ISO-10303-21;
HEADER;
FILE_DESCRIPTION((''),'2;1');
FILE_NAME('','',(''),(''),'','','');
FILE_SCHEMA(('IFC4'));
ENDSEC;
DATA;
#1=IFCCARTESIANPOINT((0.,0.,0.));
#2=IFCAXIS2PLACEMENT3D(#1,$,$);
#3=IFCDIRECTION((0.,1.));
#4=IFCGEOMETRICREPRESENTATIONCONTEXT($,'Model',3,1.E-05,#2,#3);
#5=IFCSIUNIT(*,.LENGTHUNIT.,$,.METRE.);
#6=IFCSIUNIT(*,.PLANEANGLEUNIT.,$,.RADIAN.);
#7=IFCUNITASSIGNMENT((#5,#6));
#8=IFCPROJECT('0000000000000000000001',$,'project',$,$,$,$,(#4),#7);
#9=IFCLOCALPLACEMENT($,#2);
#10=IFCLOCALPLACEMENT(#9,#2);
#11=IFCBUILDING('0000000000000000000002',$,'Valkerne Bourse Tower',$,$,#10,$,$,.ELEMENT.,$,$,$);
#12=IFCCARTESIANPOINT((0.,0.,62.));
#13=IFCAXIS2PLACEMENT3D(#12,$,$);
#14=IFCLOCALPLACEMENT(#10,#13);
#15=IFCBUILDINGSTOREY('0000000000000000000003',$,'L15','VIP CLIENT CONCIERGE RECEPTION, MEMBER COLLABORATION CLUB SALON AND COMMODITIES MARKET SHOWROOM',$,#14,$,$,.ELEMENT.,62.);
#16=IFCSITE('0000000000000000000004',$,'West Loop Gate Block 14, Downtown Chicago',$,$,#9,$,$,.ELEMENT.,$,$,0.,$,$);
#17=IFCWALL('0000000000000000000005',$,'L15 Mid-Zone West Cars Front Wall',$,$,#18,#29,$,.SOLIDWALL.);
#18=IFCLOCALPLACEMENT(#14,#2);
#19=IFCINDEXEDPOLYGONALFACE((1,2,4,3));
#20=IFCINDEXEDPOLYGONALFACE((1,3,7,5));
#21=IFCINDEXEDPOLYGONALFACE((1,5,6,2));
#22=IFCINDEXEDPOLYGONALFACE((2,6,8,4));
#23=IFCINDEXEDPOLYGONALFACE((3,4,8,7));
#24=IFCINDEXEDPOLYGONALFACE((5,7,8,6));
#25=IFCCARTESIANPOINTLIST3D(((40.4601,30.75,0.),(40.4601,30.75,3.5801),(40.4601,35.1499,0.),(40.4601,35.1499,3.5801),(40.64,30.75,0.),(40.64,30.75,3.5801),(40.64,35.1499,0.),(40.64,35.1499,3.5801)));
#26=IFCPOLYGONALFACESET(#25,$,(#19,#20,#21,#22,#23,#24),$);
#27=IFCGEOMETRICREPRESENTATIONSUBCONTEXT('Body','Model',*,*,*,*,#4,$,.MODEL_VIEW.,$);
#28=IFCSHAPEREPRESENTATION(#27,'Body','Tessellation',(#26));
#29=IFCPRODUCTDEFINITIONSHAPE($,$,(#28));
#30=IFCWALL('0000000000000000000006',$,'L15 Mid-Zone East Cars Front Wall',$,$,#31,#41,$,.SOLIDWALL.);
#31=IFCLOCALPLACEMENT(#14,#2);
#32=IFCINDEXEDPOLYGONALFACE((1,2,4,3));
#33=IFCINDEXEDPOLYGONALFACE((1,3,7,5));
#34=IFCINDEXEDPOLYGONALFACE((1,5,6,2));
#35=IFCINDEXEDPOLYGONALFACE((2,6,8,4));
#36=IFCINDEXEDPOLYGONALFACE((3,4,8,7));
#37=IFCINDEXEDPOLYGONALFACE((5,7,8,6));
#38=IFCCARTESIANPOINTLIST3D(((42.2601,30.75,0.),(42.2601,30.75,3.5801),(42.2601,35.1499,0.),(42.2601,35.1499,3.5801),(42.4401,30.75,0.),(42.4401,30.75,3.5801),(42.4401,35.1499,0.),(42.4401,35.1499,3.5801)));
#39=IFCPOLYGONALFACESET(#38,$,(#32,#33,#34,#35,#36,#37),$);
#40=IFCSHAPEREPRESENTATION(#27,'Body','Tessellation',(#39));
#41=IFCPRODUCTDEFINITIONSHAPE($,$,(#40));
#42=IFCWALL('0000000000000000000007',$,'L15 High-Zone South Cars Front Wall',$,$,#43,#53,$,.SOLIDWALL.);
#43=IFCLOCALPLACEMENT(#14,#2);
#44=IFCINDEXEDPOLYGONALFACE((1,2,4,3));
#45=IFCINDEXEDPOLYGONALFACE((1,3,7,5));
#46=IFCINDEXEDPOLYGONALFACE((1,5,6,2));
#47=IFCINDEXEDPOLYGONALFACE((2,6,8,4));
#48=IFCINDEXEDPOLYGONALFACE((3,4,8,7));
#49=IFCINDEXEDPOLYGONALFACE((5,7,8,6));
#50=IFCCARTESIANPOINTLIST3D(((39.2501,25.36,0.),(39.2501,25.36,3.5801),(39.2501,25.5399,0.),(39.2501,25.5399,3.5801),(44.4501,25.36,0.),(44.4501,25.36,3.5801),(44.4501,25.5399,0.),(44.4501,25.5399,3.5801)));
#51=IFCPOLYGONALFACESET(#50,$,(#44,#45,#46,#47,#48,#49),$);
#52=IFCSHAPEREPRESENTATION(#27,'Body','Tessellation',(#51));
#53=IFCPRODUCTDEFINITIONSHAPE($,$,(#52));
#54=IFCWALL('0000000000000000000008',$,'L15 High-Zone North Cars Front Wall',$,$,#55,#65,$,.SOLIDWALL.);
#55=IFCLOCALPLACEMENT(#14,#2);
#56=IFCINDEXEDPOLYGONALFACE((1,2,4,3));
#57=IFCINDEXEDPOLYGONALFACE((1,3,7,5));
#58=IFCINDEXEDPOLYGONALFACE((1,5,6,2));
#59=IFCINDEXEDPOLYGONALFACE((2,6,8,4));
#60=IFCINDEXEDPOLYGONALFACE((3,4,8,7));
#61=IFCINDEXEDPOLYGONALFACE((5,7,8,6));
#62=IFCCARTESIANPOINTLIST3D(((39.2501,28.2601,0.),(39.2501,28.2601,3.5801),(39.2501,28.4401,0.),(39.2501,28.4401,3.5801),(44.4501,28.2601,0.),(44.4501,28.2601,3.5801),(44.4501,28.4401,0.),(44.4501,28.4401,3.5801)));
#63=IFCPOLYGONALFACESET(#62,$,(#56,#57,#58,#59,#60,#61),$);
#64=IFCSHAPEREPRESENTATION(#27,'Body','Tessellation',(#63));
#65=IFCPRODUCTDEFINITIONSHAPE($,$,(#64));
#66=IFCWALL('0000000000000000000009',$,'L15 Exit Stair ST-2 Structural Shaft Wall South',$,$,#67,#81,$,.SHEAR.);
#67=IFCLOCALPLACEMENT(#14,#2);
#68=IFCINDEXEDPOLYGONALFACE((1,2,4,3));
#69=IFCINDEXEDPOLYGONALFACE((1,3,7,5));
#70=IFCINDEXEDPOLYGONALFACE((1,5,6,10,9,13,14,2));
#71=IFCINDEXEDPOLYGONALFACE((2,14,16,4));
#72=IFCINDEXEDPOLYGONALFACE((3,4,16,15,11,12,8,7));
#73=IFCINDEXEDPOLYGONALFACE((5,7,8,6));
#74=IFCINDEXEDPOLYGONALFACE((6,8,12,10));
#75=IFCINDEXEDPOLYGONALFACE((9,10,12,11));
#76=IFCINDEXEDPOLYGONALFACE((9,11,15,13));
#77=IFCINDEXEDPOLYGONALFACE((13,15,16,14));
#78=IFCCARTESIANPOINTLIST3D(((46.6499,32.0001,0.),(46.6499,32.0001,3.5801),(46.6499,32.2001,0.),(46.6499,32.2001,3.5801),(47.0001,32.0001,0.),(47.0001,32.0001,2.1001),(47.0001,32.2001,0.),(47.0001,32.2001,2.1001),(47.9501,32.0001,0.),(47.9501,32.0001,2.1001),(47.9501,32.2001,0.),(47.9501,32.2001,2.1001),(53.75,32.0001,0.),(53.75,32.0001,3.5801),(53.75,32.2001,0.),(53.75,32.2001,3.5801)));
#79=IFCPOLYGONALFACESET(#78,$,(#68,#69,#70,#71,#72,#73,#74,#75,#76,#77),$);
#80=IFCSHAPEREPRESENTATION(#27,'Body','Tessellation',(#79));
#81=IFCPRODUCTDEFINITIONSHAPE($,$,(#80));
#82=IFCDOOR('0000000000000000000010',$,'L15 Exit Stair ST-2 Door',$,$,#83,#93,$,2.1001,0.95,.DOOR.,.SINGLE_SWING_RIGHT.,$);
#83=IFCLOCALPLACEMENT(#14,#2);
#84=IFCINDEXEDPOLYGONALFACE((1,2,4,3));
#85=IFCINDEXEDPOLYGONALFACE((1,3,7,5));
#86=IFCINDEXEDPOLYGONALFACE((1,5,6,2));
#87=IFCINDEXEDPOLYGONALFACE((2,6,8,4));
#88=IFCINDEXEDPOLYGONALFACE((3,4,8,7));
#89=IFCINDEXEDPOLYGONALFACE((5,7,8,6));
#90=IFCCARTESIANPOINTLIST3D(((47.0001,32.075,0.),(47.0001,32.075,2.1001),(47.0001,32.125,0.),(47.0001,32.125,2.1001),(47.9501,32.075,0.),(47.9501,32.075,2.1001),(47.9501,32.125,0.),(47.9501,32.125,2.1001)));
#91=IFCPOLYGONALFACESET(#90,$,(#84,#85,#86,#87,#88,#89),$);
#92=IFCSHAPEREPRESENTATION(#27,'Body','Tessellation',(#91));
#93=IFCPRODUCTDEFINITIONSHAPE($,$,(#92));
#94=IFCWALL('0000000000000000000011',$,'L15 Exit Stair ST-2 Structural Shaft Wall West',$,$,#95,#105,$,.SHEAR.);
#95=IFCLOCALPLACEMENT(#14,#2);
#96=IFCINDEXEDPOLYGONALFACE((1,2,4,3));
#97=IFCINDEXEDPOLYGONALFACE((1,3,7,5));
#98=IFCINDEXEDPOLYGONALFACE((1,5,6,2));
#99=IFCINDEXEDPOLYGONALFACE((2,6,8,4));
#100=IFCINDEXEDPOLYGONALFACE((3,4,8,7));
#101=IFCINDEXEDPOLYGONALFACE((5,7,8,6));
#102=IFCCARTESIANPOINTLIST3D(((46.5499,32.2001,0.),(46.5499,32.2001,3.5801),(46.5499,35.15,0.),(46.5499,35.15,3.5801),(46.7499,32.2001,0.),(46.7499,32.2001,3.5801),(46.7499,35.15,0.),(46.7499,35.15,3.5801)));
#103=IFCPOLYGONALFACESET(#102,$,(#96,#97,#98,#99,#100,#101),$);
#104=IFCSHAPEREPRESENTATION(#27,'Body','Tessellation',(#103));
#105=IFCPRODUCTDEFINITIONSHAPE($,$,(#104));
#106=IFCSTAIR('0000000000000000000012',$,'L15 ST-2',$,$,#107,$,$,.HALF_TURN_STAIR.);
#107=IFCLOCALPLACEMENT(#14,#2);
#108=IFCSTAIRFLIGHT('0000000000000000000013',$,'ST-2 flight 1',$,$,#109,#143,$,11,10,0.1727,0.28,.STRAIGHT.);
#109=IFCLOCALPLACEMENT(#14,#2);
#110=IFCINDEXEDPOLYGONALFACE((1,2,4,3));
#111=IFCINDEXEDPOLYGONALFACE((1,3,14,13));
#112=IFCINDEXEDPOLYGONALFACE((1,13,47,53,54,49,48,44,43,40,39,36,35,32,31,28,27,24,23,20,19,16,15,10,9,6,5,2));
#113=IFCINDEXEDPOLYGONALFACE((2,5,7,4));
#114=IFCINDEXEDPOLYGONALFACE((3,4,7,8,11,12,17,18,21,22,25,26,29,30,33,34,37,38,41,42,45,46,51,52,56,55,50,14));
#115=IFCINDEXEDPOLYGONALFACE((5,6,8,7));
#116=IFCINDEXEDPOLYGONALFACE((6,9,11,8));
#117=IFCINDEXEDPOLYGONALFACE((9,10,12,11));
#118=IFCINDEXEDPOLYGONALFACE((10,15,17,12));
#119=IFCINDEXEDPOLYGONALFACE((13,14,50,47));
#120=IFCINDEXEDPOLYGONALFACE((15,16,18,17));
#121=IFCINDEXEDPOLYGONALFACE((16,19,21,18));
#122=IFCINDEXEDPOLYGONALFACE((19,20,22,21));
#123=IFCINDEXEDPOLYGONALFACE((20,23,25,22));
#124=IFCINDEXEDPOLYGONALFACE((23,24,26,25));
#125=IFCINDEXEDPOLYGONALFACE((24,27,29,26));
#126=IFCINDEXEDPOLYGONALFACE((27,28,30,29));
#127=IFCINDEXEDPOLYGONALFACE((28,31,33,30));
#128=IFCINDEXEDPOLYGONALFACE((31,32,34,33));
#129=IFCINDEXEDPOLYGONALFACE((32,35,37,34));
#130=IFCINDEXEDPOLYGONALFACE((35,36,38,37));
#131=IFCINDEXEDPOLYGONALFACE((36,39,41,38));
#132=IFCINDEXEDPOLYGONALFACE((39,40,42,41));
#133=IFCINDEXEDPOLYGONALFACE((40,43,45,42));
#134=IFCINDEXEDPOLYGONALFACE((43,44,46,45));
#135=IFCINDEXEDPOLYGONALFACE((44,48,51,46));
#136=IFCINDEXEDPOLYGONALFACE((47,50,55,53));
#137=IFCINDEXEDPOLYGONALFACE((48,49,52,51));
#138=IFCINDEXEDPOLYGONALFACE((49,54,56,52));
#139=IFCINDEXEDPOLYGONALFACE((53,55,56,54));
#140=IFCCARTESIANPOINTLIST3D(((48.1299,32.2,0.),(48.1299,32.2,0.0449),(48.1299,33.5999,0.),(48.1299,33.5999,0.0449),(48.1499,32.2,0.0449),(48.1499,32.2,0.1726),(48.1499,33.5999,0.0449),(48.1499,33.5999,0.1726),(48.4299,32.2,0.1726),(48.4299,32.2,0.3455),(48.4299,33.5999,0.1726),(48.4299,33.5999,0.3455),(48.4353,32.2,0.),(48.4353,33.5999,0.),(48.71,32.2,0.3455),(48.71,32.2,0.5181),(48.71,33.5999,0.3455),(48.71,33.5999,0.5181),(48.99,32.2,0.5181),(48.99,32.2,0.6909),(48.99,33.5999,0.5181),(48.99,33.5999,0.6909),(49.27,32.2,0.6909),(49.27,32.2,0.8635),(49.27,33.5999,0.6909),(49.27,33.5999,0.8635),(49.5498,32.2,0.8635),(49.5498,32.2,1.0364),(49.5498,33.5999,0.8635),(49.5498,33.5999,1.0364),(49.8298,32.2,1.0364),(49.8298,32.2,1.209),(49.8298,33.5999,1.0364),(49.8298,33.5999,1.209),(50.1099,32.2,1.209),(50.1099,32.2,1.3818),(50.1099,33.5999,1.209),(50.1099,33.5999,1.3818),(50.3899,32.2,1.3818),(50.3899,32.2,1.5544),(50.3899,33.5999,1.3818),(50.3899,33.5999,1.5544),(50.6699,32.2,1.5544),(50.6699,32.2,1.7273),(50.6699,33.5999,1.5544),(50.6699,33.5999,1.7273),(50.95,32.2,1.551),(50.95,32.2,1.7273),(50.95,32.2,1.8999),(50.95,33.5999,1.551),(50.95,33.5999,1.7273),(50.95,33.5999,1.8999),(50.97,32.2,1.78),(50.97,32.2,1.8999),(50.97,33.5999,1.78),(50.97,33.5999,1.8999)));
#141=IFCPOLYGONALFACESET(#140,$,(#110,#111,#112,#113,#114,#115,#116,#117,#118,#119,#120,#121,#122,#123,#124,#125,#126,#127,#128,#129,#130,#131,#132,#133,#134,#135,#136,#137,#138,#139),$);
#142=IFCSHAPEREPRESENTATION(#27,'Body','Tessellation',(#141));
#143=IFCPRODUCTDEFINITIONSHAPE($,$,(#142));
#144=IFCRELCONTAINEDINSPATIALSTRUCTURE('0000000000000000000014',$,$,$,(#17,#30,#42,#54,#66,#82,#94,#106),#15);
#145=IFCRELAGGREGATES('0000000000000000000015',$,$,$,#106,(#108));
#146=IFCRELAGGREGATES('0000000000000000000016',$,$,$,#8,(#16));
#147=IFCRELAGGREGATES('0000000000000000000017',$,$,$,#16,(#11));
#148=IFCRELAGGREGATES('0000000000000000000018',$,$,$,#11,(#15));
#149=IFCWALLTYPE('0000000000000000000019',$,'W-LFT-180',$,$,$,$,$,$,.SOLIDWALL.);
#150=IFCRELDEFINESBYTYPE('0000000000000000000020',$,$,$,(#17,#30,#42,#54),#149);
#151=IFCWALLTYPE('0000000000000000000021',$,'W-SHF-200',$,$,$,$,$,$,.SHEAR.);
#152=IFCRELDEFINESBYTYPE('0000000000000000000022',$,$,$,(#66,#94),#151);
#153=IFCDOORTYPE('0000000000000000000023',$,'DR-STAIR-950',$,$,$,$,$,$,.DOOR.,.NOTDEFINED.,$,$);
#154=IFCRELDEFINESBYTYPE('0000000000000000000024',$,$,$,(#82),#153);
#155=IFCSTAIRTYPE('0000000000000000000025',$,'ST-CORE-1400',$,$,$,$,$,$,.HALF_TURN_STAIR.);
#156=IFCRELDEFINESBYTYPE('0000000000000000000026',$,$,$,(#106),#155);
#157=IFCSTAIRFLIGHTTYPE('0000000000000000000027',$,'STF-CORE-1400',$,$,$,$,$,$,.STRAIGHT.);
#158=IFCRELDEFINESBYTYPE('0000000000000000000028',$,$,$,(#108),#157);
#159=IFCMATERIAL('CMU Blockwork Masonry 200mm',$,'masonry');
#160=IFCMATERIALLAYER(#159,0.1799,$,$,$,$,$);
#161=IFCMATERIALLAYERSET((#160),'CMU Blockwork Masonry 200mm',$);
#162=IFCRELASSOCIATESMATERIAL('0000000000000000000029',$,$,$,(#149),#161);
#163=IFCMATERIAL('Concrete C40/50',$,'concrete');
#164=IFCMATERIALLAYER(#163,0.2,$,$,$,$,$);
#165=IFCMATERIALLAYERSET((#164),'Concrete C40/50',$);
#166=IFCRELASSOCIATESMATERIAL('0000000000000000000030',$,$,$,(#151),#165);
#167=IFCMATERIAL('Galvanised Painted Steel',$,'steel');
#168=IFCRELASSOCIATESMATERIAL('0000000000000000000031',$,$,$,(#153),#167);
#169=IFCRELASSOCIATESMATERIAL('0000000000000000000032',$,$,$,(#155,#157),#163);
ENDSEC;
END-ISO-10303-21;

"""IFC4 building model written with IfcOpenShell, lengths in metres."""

from ifc_helpers import new_model, si_unit, direction, frame, frame_2d, origin, place, context, subcontext, project, spatial, polyline, rectangle, outline, extrude, material, layer, layer_set, type_object, element, fill, aggregate, save


model = new_model("IFC4")

# Units and contexts
model_context = context("Model", 3, precision=1e-05, world=origin(), true_north=direction((0.0, 1.0)))
body_context = subcontext(model_context, "Body", "Model", "MODEL_VIEW")
ifc_project = project(units=[si_unit("LENGTHUNIT", "METRE"), si_unit("PLANEANGLEUNIT", "RADIAN")], contexts=[model_context])

# Site, building, storey
site_placement = place(None, origin())
site = spatial("IfcSite", under=ifc_project, at=site_placement, Name="West Loop Gate Block 14, Downtown Chicago", CompositionType="ELEMENT", RefElevation=0.0)
building_placement = place(site_placement, origin())
building = spatial("IfcBuilding", under=site, at=building_placement, Name="Valkerne Bourse Tower", CompositionType="ELEMENT")
storey_placement = place(building_placement, frame((0.0, 0.0, 62.0)))
storey = spatial("IfcBuildingStorey", under=building, at=storey_placement, Name="L15", Description="VIP CLIENT CONCIERGE RECEPTION, MEMBER COLLABORATION CLUB SALON AND COMMODITIES MARKET SHOWROOM", CompositionType="ELEMENT", Elevation=62.0)

# Shared definitions
ifc_material_1 = material(Name="Galvanised Painted Steel", Category="steel")

# Walls
ifc_material_2 = material(Name="CMU Blockwork Masonry 200mm", Category="masonry")
ifc_layer_1 = layer(ifc_material_2, 0.1799)
ifc_layer_set_1 = layer_set([ifc_layer_1], Name="CMU Blockwork Masonry 200mm")
wall_type_1 = type_object("IfcWallType", Name="W-LFT-180", PredefinedType="SOLIDWALL", material=ifc_layer_set_1)
for number, where, z_axis, x_axis, name in (
    (1, (40.55, 30.75, 0.0), (0.0, 0.0, 1.0), (0.0, 1.0, 0.0), "L15 Mid-Zone West Cars Front Wall"),
    (2, (42.3501, 30.75, 0.0), (0.0, 0.0, 1.0), (0.0, 1.0, 0.0), "L15 Mid-Zone East Cars Front Wall"),
):
    element("IfcWall", number, at=place(storey_placement, frame(where, z_axis=z_axis, x_axis=x_axis)), inside=storey, type_object=wall_type_1, Name=name, PredefinedType="SOLIDWALL", context=body_context, shape_type="SweptSolid", body=[
        extrude(rectangle(XDim=4.3999, YDim=0.1799, at=frame_2d((2.2, 0.0))), origin(), (0.0, 0.0, 1.0), 3.5801),
    ])
for number, where, z_axis, x_axis, name in (
    (3, (39.25, 25.45, 0.0), (0.0, 0.0, 1.0), (1.0, 0.0, 0.0), "L15 High-Zone South Cars Front Wall"),
    (4, (39.25, 28.3501, 0.0), (0.0, 0.0, 1.0), (1.0, 0.0, 0.0), "L15 High-Zone North Cars Front Wall"),
):
    element("IfcWall", number, at=place(storey_placement, frame(where, z_axis=z_axis, x_axis=x_axis)), inside=storey, type_object=wall_type_1, Name=name, PredefinedType="SOLIDWALL", context=body_context, shape_type="SweptSolid", body=[
        extrude(rectangle(XDim=5.2, YDim=0.1799, at=frame_2d((2.6001, 0.0))), origin(), (0.0, 0.0, 1.0), 3.5801),
    ])

# Wall, opening, door
ifc_material_3 = material(Name="Concrete C40/50", Category="concrete")
ifc_layer_2 = layer(ifc_material_3, 0.2)
ifc_layer_set_2 = layer_set([ifc_layer_2], Name="Concrete C40/50")
wall_type_2 = type_object("IfcWallType", Name="W-SHF-200", PredefinedType="SHEAR", material=ifc_layer_set_2)
wall_1_placement = place(storey_placement, frame((46.6499, 32.1001, 0.0), z_axis=(0.0, 0.0, 1.0), x_axis=(1.0, 0.0, 0.0)))
wall_1 = element("IfcWall", 5, at=wall_1_placement, inside=storey, type_object=wall_type_2, Name="L15 Exit Stair ST-2 Structural Shaft Wall South", PredefinedType="SHEAR", context=body_context, shape_type="SweptSolid", body=[
    extrude(rectangle(XDim=7.1001, YDim=0.2, at=frame_2d((3.55, 0.0))), origin(), (0.0, 0.0, 1.0), 3.5801),
])
opening_1_placement = place(wall_1_placement, frame((0.3501, 0.0, 0.0)))
opening_1 = element("IfcOpeningElement", 6, at=opening_1_placement, cuts=wall_1, PredefinedType="OPENING", context=body_context, shape_type="SweptSolid", body=[
    extrude(rectangle(XDim=0.95, YDim=2.1001, at=frame_2d((0.4751, 1.05))), frame((0.0, 0.1099, 0.0), z_axis=(0.0, -1.0, 0.0), x_axis=(1.0, 0.0, 0.0)), (0.0, 0.0, 1.0), 0.22),
])
door_type_1 = type_object("IfcDoorType", Name="DR-STAIR-950", OperationType="NOTDEFINED", PredefinedType="DOOR", material=ifc_material_1)
door_1_placement = place(opening_1_placement, origin())
door_1 = element("IfcDoor", 7, at=door_1_placement, inside=storey, type_object=door_type_1, Name="L15 Exit Stair ST-2 Door", OperationType="SINGLE_SWING_RIGHT", OverallHeight=2.1001, OverallWidth=0.95, PredefinedType="DOOR", context=body_context, shape_type="SweptSolid", body=[
    extrude(rectangle(XDim=0.95, YDim=2.1001, at=frame_2d((0.4751, 1.05))), frame((0.0, 0.0249, 0.0), z_axis=(0.0, -1.0, 0.0), x_axis=(1.0, 0.0, 0.0)), (0.0, 0.0, 1.0), 0.05),
])
fill(opening_1, door_1)

# Wall
wall_2_placement = place(storey_placement, frame((46.6499, 32.2, 0.0), z_axis=(0.0, 0.0, 1.0), x_axis=(0.0, 1.0, 0.0)))
element("IfcWall", 8, at=wall_2_placement, inside=storey, type_object=wall_type_2, Name="L15 Exit Stair ST-2 Structural Shaft Wall West", PredefinedType="SHEAR", context=body_context, shape_type="SweptSolid", body=[
    extrude(rectangle(XDim=2.95, YDim=0.2, at=frame_2d((1.4751, 0.0))), origin(), (0.0, 0.0, 1.0), 3.5801),
])

# Stair, stair flight
stair_type = type_object("IfcStairType", Name="ST-CORE-1400", PredefinedType="HALF_TURN_STAIR", material=ifc_material_3)
stair_placement = place(storey_placement, origin())
stair = element("IfcStair", 9, at=stair_placement, inside=storey, type_object=stair_type, Name="L15 ST-2", PredefinedType="HALF_TURN_STAIR")
stair_flight_type = type_object("IfcStairFlightType", Name="STF-CORE-1400", PredefinedType="STRAIGHT", material=ifc_material_3)
stair_flight_placement = place(storey_placement, frame((48.1499, 32.8999, 0.0), z_axis=(0.0, 0.0, 1.0), x_axis=(1.0, 0.0, 0.0)))
stair_flight = element("IfcStairFlight", 10, at=stair_flight_placement, type_object=stair_flight_type, Name="ST-2 flight 1", NumberOfRisers=11, NumberOfTreads=10, PredefinedType="STRAIGHT", RiserHeight=0.1727, TreadLength=0.28, context=body_context, shape_type="SweptSolid", body=[
    extrude(outline(polyline([(-0.02, 0.0), (-0.02, 0.0449), (0.0, 0.0449), (0.0, 0.1726), (0.28, 0.1726), (0.28, 0.3455), (0.5601, 0.3455), (0.5601, 0.5181), (0.8401, 0.5181), (0.8401, 0.6909), (1.1201, 0.6909), (1.1201, 0.8635), (1.3999, 0.8635), (1.3999, 1.0364), (1.6799, 1.0364), (1.6799, 1.209), (1.96, 1.209), (1.96, 1.3818), (2.24, 1.3818), (2.24, 1.5544), (2.52, 1.5544), (2.52, 1.7273), (2.8, 1.7273), (2.8, 1.8999), (2.8201, 1.8999), (2.8201, 1.78), (2.8, 1.551), (0.2854, 0.0), (-0.02, 0.0)])), frame((0.0, 0.7, 0.0), z_axis=(0.0, -1.0, 0.0), x_axis=(1.0, 0.0, 0.0)), (0.0, 0.0, 1.0), 1.3999),
])
aggregate(stair, [stair_flight])

save(model, "model.ifc")
